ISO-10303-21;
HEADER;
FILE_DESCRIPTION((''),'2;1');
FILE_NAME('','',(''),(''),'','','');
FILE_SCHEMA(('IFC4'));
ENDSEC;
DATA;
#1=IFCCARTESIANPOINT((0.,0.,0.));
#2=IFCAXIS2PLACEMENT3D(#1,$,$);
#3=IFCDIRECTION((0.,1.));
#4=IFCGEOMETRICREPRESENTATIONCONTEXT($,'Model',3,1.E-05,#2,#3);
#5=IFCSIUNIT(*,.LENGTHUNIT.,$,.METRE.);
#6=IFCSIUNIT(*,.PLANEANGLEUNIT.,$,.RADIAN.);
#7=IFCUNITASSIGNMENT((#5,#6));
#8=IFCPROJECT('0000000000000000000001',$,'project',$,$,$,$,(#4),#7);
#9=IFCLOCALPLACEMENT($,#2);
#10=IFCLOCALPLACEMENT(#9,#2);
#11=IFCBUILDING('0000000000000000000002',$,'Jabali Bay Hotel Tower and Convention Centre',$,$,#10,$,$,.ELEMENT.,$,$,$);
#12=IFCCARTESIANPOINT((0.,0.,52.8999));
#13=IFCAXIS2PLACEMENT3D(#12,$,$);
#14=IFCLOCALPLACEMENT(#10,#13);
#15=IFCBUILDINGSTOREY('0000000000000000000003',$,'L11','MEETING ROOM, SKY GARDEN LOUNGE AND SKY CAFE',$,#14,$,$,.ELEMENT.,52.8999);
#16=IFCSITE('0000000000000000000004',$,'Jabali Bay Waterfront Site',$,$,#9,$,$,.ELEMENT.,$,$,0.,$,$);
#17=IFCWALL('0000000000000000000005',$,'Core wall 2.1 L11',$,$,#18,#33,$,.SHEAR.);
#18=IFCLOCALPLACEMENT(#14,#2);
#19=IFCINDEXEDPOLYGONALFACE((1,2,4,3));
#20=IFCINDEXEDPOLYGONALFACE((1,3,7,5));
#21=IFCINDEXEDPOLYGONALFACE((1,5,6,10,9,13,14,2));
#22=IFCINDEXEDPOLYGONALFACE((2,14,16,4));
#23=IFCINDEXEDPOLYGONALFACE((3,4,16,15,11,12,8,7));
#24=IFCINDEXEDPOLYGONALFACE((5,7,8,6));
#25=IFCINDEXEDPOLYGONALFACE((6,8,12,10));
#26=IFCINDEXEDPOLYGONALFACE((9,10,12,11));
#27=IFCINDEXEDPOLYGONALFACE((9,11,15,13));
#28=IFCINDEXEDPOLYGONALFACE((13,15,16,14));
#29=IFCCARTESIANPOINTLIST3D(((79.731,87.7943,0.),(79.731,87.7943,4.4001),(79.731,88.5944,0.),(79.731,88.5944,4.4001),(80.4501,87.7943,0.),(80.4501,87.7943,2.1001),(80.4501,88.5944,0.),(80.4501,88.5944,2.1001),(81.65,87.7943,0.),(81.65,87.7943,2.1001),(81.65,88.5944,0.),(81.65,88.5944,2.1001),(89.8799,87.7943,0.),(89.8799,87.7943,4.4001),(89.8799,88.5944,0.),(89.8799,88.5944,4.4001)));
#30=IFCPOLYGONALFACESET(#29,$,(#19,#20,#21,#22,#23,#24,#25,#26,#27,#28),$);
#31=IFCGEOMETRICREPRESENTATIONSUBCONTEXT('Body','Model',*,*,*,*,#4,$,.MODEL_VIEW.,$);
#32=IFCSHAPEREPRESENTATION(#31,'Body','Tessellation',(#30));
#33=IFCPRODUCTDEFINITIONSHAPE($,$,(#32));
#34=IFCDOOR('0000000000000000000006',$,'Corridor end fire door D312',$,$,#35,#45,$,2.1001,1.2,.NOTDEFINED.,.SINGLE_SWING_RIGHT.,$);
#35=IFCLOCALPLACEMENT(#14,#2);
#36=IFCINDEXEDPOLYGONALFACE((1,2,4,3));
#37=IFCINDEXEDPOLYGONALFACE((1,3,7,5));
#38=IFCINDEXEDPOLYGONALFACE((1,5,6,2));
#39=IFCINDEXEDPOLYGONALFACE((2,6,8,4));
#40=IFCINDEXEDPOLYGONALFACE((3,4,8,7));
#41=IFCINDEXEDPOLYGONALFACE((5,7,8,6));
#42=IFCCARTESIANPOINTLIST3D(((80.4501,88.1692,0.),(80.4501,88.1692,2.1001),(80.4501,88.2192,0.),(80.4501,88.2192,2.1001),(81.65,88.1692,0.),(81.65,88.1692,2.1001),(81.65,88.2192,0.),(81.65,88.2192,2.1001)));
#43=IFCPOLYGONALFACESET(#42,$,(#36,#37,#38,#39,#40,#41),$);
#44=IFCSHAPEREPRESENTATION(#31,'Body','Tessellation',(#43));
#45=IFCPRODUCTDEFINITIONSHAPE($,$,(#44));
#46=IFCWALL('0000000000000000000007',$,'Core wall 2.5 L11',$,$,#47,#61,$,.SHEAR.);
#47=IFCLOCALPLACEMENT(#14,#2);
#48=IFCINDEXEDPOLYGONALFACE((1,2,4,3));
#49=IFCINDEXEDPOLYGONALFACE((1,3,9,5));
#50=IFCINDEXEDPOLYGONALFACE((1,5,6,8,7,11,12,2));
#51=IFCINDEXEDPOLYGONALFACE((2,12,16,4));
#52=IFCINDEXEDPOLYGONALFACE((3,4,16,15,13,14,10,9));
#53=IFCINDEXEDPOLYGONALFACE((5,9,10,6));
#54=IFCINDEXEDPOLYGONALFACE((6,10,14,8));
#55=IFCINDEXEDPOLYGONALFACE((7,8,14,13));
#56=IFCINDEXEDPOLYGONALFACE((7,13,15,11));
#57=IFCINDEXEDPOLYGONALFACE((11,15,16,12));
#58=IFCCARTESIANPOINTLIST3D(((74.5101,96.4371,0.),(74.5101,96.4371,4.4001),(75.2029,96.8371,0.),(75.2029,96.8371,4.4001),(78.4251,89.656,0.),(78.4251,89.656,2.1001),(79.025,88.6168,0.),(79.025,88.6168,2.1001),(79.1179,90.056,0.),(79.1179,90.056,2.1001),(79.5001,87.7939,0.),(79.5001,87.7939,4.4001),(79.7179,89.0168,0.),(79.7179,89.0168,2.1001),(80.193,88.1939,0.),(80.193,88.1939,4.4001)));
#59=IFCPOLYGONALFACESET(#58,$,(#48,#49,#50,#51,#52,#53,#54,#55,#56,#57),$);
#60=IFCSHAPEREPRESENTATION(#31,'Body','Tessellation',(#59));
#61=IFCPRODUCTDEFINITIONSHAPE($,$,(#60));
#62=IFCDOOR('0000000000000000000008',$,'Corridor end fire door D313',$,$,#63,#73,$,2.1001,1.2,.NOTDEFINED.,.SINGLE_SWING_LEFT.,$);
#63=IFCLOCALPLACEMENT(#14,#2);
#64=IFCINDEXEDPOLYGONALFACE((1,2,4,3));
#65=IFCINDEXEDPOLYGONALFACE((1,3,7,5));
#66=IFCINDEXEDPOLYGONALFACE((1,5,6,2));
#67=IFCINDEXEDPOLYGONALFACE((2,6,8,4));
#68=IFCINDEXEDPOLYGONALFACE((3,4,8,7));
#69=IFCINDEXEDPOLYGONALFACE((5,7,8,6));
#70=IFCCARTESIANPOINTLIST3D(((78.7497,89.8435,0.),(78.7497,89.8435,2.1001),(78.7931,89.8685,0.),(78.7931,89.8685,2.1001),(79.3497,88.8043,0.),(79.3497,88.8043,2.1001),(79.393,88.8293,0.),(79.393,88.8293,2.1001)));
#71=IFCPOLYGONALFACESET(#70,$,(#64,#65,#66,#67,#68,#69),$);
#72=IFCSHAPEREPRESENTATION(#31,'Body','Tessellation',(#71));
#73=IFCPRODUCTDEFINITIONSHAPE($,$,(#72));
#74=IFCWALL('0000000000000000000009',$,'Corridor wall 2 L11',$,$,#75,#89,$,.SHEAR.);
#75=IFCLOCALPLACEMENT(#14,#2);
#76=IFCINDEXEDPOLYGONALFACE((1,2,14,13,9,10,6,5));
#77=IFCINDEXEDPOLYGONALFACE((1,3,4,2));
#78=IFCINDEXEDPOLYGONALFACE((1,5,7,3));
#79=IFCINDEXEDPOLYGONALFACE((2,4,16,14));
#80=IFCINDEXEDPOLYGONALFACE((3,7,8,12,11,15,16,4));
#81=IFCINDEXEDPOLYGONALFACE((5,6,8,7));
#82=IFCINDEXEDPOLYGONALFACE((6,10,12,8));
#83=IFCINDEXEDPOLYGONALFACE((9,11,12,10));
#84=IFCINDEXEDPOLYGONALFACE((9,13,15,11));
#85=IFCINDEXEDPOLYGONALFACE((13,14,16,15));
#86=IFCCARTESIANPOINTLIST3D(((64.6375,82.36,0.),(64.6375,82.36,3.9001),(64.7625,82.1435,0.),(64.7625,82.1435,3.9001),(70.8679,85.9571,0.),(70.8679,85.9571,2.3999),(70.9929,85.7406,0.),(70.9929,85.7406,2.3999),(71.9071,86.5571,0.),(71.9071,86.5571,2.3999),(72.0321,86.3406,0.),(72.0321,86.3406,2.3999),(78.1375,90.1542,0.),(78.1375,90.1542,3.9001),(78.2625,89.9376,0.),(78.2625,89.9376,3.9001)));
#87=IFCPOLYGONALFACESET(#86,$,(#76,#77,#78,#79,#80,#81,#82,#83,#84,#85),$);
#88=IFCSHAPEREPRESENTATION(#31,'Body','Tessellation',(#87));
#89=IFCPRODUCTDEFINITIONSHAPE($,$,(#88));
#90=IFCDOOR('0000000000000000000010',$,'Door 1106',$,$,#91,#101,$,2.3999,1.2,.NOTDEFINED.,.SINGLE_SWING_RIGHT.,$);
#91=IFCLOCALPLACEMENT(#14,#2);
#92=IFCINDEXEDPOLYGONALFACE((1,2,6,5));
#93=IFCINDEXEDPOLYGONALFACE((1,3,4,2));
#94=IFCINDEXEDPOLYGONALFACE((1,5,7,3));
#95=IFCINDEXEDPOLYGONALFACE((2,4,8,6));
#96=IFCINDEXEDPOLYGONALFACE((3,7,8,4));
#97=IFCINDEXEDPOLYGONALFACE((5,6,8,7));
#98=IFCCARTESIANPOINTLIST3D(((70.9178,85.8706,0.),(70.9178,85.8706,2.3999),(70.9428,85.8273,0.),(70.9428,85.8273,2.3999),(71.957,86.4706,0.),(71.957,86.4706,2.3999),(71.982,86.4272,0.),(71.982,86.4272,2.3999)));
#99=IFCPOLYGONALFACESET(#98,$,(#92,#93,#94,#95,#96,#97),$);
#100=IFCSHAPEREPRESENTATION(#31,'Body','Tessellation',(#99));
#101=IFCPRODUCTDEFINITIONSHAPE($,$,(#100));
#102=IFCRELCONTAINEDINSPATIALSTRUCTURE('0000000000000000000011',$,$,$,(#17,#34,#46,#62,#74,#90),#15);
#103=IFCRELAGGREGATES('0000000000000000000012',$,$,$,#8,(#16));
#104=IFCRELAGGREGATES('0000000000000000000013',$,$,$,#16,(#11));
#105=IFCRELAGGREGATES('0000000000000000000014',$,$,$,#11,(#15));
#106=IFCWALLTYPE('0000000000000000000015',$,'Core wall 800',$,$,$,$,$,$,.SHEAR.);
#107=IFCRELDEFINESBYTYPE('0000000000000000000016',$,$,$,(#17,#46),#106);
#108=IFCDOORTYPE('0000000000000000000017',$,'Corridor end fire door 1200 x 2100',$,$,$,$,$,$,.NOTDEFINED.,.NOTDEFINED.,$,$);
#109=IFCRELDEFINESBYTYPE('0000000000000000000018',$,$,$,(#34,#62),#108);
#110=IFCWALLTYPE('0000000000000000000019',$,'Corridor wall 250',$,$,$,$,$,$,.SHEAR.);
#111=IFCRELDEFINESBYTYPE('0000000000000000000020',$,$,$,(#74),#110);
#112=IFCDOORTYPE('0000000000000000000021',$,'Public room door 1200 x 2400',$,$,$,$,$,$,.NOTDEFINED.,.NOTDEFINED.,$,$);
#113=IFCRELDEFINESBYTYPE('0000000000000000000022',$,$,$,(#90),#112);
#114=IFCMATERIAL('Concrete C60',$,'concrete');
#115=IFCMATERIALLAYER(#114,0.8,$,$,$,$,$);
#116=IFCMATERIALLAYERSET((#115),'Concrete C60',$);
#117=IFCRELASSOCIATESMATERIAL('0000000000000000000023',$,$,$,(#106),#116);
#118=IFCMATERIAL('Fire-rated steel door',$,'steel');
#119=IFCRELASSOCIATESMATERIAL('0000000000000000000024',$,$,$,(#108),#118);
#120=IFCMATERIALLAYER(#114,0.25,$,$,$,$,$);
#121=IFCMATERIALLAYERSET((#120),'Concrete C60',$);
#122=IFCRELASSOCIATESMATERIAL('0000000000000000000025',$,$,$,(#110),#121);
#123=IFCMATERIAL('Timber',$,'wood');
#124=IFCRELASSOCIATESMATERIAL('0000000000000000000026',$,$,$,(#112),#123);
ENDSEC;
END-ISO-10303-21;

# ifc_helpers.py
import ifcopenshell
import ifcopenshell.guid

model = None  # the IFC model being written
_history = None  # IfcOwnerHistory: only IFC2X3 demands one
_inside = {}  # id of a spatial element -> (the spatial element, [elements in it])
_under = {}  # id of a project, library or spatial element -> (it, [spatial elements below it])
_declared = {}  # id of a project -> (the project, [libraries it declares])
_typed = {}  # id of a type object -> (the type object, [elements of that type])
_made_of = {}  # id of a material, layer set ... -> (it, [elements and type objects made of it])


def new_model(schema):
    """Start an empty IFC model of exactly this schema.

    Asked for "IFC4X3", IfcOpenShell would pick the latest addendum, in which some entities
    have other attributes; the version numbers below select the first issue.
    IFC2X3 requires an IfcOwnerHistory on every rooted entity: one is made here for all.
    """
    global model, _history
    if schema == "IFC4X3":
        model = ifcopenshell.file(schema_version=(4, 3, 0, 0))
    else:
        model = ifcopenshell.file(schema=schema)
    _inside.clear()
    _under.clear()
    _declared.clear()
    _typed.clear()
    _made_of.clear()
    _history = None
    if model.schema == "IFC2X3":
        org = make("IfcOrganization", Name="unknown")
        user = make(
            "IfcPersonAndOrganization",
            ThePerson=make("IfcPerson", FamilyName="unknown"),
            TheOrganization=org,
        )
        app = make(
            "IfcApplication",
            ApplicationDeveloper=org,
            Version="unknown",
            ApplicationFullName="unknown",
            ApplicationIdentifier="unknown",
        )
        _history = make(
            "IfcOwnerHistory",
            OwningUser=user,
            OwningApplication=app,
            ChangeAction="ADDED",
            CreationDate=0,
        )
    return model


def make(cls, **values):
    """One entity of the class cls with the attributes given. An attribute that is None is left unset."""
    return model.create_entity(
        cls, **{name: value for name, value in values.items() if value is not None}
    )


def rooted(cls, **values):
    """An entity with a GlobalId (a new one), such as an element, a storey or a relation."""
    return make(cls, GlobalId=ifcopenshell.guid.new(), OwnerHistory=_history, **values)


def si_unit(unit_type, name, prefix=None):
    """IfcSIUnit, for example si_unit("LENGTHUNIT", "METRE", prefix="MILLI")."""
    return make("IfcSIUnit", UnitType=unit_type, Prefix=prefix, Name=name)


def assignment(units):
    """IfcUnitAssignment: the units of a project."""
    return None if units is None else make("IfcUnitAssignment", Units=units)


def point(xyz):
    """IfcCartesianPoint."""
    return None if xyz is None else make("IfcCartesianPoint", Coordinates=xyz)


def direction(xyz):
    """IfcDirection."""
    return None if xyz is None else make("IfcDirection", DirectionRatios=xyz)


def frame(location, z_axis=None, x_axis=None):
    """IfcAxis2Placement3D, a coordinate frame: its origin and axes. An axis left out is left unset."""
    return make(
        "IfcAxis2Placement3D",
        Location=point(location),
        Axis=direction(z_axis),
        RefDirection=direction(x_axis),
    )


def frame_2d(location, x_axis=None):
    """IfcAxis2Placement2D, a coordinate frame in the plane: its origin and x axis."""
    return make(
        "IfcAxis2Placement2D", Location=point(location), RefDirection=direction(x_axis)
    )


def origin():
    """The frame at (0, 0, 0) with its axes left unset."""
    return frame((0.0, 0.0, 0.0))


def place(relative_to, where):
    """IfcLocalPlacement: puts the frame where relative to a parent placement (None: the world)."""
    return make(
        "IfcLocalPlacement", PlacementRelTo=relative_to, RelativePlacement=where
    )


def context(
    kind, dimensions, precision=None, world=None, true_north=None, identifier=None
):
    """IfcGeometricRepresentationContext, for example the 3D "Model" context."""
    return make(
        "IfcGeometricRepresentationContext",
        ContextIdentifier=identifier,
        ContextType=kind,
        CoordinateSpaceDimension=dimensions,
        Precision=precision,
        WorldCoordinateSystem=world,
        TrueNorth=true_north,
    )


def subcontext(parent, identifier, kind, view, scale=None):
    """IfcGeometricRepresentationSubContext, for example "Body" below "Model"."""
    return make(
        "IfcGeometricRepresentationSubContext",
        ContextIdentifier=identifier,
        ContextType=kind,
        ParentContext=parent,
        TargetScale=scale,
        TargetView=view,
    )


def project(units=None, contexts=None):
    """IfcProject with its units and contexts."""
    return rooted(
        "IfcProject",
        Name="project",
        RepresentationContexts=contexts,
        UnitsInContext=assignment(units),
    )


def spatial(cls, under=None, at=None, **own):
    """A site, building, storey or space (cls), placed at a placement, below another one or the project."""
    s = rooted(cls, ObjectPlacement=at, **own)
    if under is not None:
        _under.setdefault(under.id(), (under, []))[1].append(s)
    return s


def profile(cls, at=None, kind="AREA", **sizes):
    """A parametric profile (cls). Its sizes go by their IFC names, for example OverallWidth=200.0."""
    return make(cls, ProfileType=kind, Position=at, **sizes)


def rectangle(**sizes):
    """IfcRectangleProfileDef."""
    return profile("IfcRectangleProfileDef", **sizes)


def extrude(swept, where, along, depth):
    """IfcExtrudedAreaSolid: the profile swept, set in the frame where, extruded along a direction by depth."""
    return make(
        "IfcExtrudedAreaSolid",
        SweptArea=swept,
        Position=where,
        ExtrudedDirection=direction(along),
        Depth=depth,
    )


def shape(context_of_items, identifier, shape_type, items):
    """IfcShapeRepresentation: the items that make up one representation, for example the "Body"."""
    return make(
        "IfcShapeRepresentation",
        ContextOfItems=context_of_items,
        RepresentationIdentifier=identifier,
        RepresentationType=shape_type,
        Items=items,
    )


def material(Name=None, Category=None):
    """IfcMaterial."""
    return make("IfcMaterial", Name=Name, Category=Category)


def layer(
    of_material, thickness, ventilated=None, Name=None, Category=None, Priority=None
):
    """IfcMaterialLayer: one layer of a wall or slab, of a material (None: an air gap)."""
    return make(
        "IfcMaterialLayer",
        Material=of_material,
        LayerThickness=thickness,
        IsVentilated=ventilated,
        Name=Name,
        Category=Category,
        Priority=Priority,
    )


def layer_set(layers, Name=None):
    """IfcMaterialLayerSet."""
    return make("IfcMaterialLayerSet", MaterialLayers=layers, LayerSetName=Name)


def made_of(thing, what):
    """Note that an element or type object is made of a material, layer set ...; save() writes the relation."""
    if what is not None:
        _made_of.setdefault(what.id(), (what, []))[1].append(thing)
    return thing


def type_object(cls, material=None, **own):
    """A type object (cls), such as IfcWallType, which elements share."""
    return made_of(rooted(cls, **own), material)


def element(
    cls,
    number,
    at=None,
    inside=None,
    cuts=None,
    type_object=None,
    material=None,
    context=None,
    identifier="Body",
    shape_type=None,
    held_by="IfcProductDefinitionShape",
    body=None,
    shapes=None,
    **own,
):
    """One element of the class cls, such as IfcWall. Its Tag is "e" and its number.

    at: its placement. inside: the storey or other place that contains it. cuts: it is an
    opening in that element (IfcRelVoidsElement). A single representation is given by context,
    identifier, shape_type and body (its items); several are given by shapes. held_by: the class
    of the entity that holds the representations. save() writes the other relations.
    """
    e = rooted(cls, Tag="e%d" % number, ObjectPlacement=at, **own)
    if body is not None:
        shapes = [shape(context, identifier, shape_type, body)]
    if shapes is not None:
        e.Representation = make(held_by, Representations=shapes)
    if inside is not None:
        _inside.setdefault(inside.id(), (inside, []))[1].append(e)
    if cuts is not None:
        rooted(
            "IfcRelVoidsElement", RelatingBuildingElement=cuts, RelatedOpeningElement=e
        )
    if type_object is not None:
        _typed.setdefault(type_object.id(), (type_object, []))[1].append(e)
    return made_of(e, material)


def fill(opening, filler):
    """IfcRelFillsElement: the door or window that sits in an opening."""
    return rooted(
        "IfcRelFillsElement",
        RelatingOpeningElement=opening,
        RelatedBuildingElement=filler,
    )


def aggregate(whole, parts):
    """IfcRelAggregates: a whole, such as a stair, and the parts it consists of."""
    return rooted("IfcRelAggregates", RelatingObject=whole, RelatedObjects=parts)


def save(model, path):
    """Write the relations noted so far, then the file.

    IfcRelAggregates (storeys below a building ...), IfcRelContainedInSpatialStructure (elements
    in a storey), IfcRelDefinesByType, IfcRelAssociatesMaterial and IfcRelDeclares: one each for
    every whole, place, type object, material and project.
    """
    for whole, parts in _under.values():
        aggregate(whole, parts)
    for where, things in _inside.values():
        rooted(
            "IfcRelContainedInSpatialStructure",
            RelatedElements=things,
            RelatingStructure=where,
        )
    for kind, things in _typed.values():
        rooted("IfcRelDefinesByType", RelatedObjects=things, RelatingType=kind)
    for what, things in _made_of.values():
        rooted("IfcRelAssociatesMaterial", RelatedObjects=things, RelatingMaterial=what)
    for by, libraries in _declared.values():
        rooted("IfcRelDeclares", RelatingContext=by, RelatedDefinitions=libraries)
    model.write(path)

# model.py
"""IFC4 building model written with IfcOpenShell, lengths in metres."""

from ifc_helpers import new_model, si_unit, direction, frame, frame_2d, origin, place, context, subcontext, project, spatial, rectangle, extrude, material, layer, layer_set, type_object, element, fill, save


model = new_model("IFC4")

# Units and contexts
model_context = context("Model", 3, precision=1e-05, world=origin(), true_north=direction((0.0, 1.0)))
body_context = subcontext(model_context, "Body", "Model", "MODEL_VIEW")
ifc_project = project(units=[si_unit("LENGTHUNIT", "METRE"), si_unit("PLANEANGLEUNIT", "RADIAN")], contexts=[model_context])

# Site, building, storey
site_placement = place(None, origin())
site = spatial("IfcSite", under=ifc_project, at=site_placement, Name="Jabali Bay Waterfront Site", CompositionType="ELEMENT", RefElevation=0.0)
building_placement = place(site_placement, origin())
building = spatial("IfcBuilding", under=site, at=building_placement, Name="Jabali Bay Hotel Tower and Convention Centre", CompositionType="ELEMENT")
storey_placement = place(building_placement, frame((0.0, 0.0, 52.8999)))
storey = spatial("IfcBuildingStorey", under=building, at=storey_placement, Name="L11", Description="MEETING ROOM, SKY GARDEN LOUNGE AND SKY CAFE", CompositionType="ELEMENT", Elevation=52.8999)

# Shared definitions
ifc_material_1 = material(Name="Fire-rated steel door", Category="steel")

# Walls, openings, doors
ifc_material_2 = material(Name="Concrete C60", Category="concrete")
ifc_layer_1 = layer(ifc_material_2, 0.8)
ifc_layer_set_1 = layer_set([ifc_layer_1], Name="Concrete C60")
wall_type_1 = type_object("IfcWallType", Name="Core wall 800", PredefinedType="SHEAR", material=ifc_layer_set_1)
wall_1_placement = place(storey_placement, frame((79.731, 88.1943, 0.0), z_axis=(0.0, 0.0, 1.0), x_axis=(1.0, 0.0, 0.0)))
wall_1 = element("IfcWall", 1, at=wall_1_placement, inside=storey, type_object=wall_type_1, Name="Core wall 2.1 L11", PredefinedType="SHEAR", context=body_context, shape_type="SweptSolid", body=[
    extrude(rectangle(XDim=10.1489, YDim=0.8, at=frame_2d((5.0745, 0.0))), origin(), (0.0, 0.0, 1.0), 4.4001),
])
opening_1_placement = place(wall_1_placement, frame((0.719, 0.0, 0.0)))
opening_1 = element("IfcOpeningElement", 2, at=opening_1_placement, cuts=wall_1, PredefinedType="OPENING", context=body_context, shape_type="SweptSolid", body=[
    extrude(rectangle(XDim=1.2, YDim=2.1001, at=frame_2d((0.6001, 1.05))), frame((0.0, 0.4106, 0.0), z_axis=(0.0, -1.0, 0.0), x_axis=(1.0, 0.0, 0.0)), (0.0, 0.0, 1.0), 0.821),
])
door_type_1 = type_object("IfcDoorType", Name="Corridor end fire door 1200 x 2100", OperationType="NOTDEFINED", PredefinedType="NOTDEFINED", material=ifc_material_1)
door_1_placement = place(opening_1_placement, origin())
door_1 = element("IfcDoor", 3, at=door_1_placement, inside=storey, type_object=door_type_1, Name="Corridor end fire door D312", OperationType="SINGLE_SWING_RIGHT", OverallHeight=2.1001, OverallWidth=1.2, PredefinedType="NOTDEFINED", context=body_context, shape_type="SweptSolid", body=[
    extrude(rectangle(XDim=1.2, YDim=2.1001, at=frame_2d((0.6001, 1.05))), frame((0.0, 0.0249, 0.0), z_axis=(0.0, -1.0, 0.0), x_axis=(1.0, 0.0, 0.0)), (0.0, 0.0, 1.0), 0.05),
])
fill(opening_1, door_1)
wall_2_placement = place(storey_placement, frame((74.8564, 96.6372, 0.0), z_axis=(0.0, 0.0, 1.0), x_axis=(0.499994, -0.866029, 0.0)))
wall_2 = element("IfcWall", 4, at=wall_2_placement, inside=storey, type_object=wall_type_1, Name="Core wall 2.5 L11", PredefinedType="SHEAR", context=body_context, shape_type="SweptSolid", body=[
    extrude(rectangle(XDim=9.9802, YDim=0.8, at=frame_2d((4.9902, 0.0))), origin(), (0.0, 0.0, 1.0), 4.4001),
])
opening_2_placement = place(wall_2_placement, frame((7.8301, 0.0, 0.0)))
opening_2 = element("IfcOpeningElement", 5, at=opening_2_placement, cuts=wall_2, PredefinedType="OPENING", context=body_context, shape_type="SweptSolid", body=[
    extrude(rectangle(XDim=1.2, YDim=2.1001, at=frame_2d((0.6001, 1.05))), frame((0.0, 0.4106, 0.0), z_axis=(0.0, -1.0, 0.0), x_axis=(1.0, 0.0, 0.0)), (0.0, 0.0, 1.0), 0.821),
])
door_2_placement = place(opening_2_placement, origin())
door_2 = element("IfcDoor", 6, at=door_2_placement, inside=storey, type_object=door_type_1, Name="Corridor end fire door D313", OperationType="SINGLE_SWING_LEFT", OverallHeight=2.1001, OverallWidth=1.2, PredefinedType="NOTDEFINED", context=body_context, shape_type="SweptSolid", body=[
    extrude(rectangle(XDim=1.2, YDim=2.1001, at=frame_2d((0.6001, 1.05))), frame((0.0, 0.0249, 0.0), z_axis=(0.0, -1.0, 0.0), x_axis=(1.0, 0.0, 0.0)), (0.0, 0.0, 1.0), 0.05),
])
fill(opening_2, door_2)
ifc_layer_2 = layer(ifc_material_2, 0.25)
ifc_layer_set_2 = layer_set([ifc_layer_2], Name="Concrete C60")
wall_type_2 = type_object("IfcWallType", Name="Corridor wall 250", PredefinedType="SHEAR", material=ifc_layer_set_2)
wall_3_placement = place(storey_placement, frame((78.2, 90.0459, 0.0), z_axis=(0.0, 0.0, 1.0), x_axis=(-0.866026, -0.499998, 0.0)))
wall_3 = element("IfcWall", 7, at=wall_3_placement, inside=storey, type_object=wall_type_2, Name="Corridor wall 2 L11", PredefinedType="SHEAR", context=body_context, shape_type="SweptSolid", body=[
    extrude(rectangle(XDim=15.5884, YDim=0.25, at=frame_2d((7.7942, 0.0))), origin(), (0.0, 0.0, 1.0), 3.9001),
])
opening_3_placement = place(wall_3_placement, frame((7.1941, 0.0, 0.0)))
opening_3 = element("IfcOpeningElement", 8, at=opening_3_placement, cuts=wall_3, PredefinedType="OPENING", context=body_context, shape_type="SweptSolid", body=[
    extrude(rectangle(XDim=1.2, YDim=2.3999, at=frame_2d((0.6001, 1.2))), frame((0.0, 0.1355, 0.0), z_axis=(0.0, -1.0, 0.0), x_axis=(1.0, 0.0, 0.0)), (0.0, 0.0, 1.0), 0.271),
])
ifc_material_3 = material(Name="Timber", Category="wood")
door_type_2 = type_object("IfcDoorType", Name="Public room door 1200 x 2400", OperationType="NOTDEFINED", PredefinedType="NOTDEFINED", material=ifc_material_3)
door_3_placement = place(opening_3_placement, origin())
door_3 = element("IfcDoor", 9, at=door_3_placement, inside=storey, type_object=door_type_2, Name="Door 1106", OperationType="SINGLE_SWING_RIGHT", OverallHeight=2.3999, OverallWidth=1.2, PredefinedType="NOTDEFINED", context=body_context, shape_type="SweptSolid", body=[
    extrude(rectangle(XDim=1.2, YDim=2.3999, at=frame_2d((0.6001, 1.2))), frame((0.0, 0.0249, 0.0), z_axis=(0.0, -1.0, 0.0), x_axis=(1.0, 0.0, 0.0)), (0.0, 0.0, 1.0), 0.05),
])
fill(opening_3, door_3)

save(model, "model.ifc")
